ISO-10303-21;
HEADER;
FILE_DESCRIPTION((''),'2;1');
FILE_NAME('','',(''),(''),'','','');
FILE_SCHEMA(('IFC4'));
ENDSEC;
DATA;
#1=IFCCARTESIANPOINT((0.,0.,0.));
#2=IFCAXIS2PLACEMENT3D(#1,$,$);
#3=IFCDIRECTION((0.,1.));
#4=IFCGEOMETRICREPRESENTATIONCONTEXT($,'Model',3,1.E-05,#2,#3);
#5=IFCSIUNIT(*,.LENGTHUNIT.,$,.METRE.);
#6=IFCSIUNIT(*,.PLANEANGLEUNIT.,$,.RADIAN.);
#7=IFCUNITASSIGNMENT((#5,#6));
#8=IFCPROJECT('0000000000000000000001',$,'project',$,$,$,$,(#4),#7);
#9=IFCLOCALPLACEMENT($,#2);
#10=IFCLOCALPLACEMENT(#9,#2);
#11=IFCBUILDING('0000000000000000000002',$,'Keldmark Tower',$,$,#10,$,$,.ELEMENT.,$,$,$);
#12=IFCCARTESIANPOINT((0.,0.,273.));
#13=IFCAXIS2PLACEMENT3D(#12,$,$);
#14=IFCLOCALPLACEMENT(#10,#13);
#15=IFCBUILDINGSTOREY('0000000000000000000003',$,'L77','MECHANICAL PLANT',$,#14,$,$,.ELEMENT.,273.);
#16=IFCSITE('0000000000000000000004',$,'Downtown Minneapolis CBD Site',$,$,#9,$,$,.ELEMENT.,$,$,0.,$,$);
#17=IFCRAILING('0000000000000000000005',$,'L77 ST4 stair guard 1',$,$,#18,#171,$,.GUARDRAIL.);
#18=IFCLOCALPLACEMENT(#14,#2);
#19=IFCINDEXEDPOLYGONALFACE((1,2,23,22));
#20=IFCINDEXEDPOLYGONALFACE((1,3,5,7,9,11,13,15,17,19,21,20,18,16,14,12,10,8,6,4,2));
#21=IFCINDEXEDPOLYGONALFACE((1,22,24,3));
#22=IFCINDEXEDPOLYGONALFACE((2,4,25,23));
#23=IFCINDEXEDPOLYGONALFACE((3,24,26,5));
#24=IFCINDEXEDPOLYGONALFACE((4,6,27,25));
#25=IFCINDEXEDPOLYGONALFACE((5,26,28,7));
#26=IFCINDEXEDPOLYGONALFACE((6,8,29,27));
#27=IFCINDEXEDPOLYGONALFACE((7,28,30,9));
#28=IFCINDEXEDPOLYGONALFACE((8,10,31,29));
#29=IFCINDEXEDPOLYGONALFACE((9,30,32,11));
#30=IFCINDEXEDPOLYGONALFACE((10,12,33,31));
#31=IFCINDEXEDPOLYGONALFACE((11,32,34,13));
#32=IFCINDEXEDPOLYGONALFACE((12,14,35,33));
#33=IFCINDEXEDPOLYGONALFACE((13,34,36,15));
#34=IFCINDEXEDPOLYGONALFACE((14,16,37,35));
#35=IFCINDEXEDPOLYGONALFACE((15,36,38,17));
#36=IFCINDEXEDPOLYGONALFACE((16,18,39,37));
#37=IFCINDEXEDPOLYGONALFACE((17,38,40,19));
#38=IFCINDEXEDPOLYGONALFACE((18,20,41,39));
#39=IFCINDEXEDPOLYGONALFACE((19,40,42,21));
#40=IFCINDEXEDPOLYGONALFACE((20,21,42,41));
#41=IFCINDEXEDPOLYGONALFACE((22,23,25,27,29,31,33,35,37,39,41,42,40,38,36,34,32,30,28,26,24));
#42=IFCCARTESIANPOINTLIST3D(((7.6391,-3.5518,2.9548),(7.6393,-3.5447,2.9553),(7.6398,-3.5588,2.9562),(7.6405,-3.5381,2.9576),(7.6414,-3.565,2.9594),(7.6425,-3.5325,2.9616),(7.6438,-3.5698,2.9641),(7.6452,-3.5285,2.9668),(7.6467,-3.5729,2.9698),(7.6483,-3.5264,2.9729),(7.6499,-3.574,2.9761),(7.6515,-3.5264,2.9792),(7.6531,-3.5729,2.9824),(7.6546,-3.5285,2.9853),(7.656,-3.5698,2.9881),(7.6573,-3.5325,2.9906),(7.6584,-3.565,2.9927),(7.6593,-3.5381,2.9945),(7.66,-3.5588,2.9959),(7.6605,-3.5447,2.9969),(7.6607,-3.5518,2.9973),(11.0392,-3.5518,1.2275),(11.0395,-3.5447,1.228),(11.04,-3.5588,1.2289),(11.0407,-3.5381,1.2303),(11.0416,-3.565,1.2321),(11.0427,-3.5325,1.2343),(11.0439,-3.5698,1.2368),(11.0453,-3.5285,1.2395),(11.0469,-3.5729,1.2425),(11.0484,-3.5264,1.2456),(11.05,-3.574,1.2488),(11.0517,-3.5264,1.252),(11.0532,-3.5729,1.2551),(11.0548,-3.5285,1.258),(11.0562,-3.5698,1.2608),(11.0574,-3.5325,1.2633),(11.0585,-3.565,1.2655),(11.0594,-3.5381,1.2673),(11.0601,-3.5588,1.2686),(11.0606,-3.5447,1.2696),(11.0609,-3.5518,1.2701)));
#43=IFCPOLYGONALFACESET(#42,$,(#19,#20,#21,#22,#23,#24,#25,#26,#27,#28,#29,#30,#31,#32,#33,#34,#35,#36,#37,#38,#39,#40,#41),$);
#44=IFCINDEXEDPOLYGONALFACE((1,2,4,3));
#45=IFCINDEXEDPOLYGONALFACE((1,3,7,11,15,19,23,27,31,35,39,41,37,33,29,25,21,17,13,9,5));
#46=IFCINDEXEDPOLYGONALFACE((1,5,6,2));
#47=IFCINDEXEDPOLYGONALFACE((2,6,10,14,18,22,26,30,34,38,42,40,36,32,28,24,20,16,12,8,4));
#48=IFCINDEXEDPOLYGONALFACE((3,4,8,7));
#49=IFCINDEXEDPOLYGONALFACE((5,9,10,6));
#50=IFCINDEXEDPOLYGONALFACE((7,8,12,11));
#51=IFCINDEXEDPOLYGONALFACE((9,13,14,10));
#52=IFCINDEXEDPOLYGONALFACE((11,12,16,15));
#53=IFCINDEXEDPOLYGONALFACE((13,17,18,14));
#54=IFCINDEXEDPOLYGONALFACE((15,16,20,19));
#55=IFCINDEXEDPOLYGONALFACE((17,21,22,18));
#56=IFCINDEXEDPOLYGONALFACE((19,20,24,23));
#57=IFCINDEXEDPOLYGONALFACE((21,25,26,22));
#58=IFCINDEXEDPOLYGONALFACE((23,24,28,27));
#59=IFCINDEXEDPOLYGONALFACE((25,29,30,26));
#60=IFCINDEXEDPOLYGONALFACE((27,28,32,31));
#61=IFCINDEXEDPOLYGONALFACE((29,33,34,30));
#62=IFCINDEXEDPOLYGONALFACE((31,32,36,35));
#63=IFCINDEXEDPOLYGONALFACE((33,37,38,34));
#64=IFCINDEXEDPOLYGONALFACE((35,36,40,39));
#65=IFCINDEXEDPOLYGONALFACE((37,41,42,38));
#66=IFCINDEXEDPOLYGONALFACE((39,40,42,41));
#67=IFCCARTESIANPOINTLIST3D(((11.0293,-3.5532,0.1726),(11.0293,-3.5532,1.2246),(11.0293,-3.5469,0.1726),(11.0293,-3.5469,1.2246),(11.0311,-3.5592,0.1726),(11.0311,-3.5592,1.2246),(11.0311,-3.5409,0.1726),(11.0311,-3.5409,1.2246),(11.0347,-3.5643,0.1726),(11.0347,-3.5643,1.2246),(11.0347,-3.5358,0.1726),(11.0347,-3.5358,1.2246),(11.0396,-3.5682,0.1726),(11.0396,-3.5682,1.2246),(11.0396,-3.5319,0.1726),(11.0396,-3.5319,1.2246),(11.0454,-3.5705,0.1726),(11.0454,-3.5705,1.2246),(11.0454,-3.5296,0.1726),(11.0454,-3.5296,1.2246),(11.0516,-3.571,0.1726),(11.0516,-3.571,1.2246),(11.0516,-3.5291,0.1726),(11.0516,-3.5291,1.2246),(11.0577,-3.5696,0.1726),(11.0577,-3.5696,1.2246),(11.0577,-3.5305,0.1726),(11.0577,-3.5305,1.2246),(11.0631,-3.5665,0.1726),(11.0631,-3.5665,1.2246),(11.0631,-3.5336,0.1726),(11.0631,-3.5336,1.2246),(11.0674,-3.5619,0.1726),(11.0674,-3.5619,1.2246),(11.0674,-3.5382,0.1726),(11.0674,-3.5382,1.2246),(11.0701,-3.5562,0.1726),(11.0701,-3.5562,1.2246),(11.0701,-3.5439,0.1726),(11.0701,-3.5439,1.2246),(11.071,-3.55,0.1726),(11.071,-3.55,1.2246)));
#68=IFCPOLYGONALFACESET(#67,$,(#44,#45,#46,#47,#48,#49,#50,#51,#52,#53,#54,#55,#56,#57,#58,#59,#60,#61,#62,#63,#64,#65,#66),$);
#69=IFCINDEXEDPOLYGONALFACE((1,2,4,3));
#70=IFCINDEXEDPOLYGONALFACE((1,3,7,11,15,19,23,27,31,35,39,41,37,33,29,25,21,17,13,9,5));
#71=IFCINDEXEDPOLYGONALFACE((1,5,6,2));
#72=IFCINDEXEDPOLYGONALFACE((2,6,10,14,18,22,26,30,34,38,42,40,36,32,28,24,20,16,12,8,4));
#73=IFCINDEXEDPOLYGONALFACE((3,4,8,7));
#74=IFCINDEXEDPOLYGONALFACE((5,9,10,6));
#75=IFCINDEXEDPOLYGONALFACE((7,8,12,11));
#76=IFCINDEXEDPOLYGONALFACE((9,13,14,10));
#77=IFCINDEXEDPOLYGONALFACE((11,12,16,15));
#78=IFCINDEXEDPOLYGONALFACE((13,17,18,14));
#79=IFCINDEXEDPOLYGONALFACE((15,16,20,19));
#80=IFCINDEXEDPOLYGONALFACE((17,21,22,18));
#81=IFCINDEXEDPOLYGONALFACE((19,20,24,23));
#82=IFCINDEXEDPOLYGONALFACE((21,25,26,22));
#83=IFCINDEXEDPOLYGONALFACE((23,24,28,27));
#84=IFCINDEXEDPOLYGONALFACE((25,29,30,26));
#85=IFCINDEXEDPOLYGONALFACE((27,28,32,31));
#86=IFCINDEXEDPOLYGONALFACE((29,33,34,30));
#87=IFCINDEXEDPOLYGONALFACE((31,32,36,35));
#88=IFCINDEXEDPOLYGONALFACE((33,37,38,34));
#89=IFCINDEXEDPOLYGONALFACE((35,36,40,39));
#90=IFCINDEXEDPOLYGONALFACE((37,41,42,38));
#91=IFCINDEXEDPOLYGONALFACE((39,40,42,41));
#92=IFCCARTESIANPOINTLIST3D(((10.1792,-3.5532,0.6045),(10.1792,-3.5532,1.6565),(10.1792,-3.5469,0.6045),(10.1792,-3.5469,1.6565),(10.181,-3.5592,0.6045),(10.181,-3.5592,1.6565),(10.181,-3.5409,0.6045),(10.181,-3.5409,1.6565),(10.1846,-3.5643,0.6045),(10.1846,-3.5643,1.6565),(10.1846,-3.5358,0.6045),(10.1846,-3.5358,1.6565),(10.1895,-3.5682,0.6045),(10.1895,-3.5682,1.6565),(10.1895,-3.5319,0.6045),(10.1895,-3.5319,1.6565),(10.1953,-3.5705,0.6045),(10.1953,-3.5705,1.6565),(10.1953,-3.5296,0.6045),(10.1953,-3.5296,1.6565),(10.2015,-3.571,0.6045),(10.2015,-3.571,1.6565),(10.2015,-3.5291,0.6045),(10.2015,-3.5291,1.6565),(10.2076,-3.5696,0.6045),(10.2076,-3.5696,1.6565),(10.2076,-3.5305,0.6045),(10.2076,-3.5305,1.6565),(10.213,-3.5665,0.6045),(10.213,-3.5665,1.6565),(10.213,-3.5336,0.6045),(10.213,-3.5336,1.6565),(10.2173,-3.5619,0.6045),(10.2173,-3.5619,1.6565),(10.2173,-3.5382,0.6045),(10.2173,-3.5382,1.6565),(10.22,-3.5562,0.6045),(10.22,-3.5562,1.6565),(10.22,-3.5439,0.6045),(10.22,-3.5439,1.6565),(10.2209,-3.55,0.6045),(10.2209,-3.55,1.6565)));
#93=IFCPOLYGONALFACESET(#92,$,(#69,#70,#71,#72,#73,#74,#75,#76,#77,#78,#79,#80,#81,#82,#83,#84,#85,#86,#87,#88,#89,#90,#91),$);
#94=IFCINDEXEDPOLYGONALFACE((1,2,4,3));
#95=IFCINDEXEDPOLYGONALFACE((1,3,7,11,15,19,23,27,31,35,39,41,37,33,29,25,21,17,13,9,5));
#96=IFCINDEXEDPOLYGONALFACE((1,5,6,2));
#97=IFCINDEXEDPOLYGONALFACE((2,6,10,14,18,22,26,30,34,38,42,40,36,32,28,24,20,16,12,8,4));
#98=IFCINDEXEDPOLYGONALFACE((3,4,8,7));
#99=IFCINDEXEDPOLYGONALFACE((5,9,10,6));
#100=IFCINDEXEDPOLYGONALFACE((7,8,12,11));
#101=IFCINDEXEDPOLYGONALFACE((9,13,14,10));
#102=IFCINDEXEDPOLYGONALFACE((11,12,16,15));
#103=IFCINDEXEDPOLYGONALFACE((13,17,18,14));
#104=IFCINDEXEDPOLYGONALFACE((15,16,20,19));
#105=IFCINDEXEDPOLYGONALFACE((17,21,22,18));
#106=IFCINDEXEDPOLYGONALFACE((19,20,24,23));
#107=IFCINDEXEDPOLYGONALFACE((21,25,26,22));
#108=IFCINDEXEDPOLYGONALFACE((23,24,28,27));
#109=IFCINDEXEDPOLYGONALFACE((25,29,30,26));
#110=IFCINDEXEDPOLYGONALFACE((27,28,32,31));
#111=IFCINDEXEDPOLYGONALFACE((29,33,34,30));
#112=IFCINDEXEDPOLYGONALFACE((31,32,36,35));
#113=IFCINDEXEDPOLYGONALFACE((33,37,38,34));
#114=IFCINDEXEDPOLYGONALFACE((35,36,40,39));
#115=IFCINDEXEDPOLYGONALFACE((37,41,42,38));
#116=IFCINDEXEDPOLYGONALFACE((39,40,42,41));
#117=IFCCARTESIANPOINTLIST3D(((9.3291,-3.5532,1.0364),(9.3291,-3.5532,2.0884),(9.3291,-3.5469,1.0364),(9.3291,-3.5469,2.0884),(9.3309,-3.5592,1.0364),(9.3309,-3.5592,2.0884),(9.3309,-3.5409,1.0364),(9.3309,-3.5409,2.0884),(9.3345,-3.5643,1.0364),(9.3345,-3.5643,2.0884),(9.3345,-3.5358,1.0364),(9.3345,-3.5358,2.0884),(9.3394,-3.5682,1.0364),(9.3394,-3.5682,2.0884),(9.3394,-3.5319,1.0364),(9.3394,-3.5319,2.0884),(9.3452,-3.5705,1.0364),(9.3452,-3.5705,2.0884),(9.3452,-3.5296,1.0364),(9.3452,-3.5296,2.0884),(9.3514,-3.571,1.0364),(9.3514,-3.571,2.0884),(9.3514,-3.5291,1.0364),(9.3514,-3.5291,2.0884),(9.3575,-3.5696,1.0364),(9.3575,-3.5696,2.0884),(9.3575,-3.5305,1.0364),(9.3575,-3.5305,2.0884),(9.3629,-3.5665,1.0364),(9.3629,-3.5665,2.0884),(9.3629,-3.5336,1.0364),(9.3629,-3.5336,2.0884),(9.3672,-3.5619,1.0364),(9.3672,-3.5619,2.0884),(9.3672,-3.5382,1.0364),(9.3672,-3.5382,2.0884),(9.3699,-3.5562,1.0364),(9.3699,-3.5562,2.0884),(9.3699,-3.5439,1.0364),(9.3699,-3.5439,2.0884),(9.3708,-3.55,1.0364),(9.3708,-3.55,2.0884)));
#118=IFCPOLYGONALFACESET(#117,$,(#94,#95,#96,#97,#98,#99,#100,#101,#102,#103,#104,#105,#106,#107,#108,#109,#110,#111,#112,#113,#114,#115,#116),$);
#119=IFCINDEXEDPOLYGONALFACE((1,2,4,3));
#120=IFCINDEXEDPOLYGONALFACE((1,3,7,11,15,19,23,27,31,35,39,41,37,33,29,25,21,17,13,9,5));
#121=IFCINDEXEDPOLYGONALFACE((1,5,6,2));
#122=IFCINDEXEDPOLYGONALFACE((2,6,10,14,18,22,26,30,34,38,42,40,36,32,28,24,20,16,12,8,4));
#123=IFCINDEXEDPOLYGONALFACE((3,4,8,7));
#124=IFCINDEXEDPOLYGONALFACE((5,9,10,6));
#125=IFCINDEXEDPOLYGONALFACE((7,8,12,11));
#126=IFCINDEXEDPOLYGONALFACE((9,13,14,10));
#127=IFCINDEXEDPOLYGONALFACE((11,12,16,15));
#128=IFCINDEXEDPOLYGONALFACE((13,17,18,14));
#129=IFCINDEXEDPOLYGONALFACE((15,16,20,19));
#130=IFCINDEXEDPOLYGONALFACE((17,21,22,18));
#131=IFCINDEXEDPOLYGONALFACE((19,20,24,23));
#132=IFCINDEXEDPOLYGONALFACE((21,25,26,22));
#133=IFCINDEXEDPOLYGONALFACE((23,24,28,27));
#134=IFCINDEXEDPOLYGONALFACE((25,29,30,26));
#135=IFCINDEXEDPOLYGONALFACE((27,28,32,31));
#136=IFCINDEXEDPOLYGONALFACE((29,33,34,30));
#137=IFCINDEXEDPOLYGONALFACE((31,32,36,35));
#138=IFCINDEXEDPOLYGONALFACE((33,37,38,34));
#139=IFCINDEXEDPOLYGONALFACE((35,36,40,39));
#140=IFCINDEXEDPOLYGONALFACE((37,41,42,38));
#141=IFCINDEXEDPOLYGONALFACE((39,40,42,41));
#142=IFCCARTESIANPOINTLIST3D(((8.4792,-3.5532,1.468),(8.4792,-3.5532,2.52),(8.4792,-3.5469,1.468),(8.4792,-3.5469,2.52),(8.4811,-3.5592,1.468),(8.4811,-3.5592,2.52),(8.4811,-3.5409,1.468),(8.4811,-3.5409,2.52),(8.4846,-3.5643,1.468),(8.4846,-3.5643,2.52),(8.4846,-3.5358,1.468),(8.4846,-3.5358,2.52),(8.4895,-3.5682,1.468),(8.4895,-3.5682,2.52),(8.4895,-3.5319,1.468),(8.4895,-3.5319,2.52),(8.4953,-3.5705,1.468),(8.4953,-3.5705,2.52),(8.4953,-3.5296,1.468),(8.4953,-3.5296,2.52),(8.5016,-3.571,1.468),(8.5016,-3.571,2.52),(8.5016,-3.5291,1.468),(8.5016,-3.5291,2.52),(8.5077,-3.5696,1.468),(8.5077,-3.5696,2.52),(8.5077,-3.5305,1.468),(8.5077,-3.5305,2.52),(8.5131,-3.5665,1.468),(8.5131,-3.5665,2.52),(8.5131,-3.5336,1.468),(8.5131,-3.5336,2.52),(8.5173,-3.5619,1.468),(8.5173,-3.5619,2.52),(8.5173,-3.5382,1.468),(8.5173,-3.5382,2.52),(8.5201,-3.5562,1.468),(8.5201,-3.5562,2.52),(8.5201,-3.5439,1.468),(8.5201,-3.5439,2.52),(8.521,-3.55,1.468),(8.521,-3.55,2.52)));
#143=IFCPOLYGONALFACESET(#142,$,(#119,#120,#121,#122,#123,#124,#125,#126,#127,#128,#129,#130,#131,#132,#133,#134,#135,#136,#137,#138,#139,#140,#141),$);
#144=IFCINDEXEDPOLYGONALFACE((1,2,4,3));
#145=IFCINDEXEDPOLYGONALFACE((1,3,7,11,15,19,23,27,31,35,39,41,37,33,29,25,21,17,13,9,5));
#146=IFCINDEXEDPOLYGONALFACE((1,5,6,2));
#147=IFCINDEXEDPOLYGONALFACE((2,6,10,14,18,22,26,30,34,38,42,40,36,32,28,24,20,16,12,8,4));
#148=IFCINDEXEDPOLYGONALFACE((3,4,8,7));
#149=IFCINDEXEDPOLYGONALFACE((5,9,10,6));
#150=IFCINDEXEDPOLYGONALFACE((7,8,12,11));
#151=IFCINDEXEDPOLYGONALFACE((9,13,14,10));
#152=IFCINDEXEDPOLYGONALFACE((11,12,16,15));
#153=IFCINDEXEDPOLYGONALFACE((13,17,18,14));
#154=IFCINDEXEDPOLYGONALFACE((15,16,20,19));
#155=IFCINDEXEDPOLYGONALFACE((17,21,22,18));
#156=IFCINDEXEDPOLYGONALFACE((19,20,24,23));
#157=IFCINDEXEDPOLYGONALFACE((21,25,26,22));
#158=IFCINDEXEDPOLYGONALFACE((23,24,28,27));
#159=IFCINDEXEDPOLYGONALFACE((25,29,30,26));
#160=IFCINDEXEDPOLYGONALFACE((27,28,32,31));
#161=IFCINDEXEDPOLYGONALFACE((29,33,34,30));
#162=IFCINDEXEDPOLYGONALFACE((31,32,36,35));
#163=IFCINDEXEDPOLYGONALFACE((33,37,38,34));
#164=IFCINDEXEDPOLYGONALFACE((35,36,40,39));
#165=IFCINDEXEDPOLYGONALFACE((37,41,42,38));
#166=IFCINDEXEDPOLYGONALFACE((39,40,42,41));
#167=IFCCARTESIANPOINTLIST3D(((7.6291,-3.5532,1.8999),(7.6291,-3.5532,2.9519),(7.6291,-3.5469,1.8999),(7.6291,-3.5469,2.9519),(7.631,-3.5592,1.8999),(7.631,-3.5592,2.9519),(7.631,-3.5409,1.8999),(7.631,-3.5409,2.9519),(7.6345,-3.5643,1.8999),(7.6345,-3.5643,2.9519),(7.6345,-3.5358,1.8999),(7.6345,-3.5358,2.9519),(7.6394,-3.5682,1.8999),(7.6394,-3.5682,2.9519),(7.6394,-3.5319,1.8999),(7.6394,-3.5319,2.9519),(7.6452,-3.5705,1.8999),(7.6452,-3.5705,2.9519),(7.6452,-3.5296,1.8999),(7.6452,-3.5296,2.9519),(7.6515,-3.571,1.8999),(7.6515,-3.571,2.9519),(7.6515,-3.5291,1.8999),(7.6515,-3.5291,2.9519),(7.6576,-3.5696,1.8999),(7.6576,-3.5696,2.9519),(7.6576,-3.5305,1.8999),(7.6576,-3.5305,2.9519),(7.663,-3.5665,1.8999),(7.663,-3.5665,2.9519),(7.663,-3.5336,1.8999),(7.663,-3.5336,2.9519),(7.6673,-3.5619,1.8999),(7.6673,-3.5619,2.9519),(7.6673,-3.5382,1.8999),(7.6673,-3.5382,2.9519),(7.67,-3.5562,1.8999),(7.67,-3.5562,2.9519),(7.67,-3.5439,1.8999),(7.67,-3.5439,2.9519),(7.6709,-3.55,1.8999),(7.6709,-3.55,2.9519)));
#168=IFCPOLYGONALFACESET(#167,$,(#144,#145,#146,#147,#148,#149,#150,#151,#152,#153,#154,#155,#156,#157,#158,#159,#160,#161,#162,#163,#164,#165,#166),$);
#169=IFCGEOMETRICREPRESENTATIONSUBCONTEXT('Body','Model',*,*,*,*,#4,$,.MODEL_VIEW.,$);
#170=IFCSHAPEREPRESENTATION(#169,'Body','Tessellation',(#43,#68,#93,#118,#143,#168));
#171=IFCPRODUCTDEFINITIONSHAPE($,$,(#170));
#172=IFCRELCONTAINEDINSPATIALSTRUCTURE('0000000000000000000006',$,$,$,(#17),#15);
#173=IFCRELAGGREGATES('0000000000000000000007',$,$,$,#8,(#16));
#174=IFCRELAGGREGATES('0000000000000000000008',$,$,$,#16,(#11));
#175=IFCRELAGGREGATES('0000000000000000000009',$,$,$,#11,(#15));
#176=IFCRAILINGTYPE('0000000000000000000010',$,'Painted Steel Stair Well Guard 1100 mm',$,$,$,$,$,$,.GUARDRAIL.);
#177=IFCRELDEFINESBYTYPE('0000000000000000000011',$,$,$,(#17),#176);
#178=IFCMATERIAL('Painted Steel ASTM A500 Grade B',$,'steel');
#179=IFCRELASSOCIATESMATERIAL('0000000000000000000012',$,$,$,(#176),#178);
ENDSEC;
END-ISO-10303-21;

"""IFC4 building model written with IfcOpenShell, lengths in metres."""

from ifc_helpers import new_model, si_unit, direction, frame, origin, origin_2d, place, context, subcontext, project, spatial, circle, extrude, material, type_object, element, save


model = new_model("IFC4")

# Units and contexts
model_context = context("Model", 3, precision=1e-05, world=origin(), true_north=direction((0.0, 1.0)))
body_context = subcontext(model_context, "Body", "Model", "MODEL_VIEW")
ifc_project = project(units=[si_unit("LENGTHUNIT", "METRE"), si_unit("PLANEANGLEUNIT", "RADIAN")], contexts=[model_context])

# Site, building, storey
site_placement = place(None, origin())
site = spatial("IfcSite", under=ifc_project, at=site_placement, Name="Downtown Minneapolis CBD Site", CompositionType="ELEMENT", RefElevation=0.0)
building_placement = place(site_placement, origin())
building = spatial("IfcBuilding", under=site, at=building_placement, Name="Keldmark Tower", CompositionType="ELEMENT")
storey_placement = place(building_placement, frame((0.0, 0.0, 273.0)))
storey = spatial("IfcBuildingStorey", under=building, at=storey_placement, Name="L77", Description="MECHANICAL PLANT", CompositionType="ELEMENT", Elevation=273.0)

# Railing
ifc_material_1 = material(Name="Painted Steel ASTM A500 Grade B", Category="steel")
railing_type_1 = type_object("IfcRailingType", Name="Painted Steel Stair Well Guard 1100 mm", PredefinedType="GUARDRAIL", material=ifc_material_1)
railing_1_placement = place(storey_placement, frame((11.05, -3.55, 0.1726)))
element("IfcRailing", 1, at=railing_1_placement, inside=storey, type_object=railing_type_1, Name="L77 ST4 stair guard 1", PredefinedType="GUARDRAIL", context=body_context, shape_type="SweptSolid", body=[
    extrude(circle(Radius=0.0239, at=origin_2d()), frame((0.0, 0.0, 1.0762), z_axis=(-0.891554, 0.0, 0.452915), x_axis=(0.0, -1.0, 0.0)), (0.0, 0.0, 1.0), 3.8137),
    extrude(circle(Radius=0.021, at=origin_2d()), origin(), (0.0, 0.0, 1.0), 1.052),
    extrude(circle(Radius=0.021, at=origin_2d()), frame((-0.8501, 0.0, 0.4319)), (0.0, 0.0, 1.0), 1.052),
    extrude(circle(Radius=0.021, at=origin_2d()), frame((-1.7002, 0.0, 0.8638)), (0.0, 0.0, 1.0), 1.052),
    extrude(circle(Radius=0.021, at=origin_2d()), frame((-2.55, 0.0, 1.2954)), (0.0, 0.0, 1.0), 1.052),
    extrude(circle(Radius=0.021, at=origin_2d()), frame((-3.4001, 0.0, 1.7273)), (0.0, 0.0, 1.0), 1.052),
])

save(model, "model.ifc")
